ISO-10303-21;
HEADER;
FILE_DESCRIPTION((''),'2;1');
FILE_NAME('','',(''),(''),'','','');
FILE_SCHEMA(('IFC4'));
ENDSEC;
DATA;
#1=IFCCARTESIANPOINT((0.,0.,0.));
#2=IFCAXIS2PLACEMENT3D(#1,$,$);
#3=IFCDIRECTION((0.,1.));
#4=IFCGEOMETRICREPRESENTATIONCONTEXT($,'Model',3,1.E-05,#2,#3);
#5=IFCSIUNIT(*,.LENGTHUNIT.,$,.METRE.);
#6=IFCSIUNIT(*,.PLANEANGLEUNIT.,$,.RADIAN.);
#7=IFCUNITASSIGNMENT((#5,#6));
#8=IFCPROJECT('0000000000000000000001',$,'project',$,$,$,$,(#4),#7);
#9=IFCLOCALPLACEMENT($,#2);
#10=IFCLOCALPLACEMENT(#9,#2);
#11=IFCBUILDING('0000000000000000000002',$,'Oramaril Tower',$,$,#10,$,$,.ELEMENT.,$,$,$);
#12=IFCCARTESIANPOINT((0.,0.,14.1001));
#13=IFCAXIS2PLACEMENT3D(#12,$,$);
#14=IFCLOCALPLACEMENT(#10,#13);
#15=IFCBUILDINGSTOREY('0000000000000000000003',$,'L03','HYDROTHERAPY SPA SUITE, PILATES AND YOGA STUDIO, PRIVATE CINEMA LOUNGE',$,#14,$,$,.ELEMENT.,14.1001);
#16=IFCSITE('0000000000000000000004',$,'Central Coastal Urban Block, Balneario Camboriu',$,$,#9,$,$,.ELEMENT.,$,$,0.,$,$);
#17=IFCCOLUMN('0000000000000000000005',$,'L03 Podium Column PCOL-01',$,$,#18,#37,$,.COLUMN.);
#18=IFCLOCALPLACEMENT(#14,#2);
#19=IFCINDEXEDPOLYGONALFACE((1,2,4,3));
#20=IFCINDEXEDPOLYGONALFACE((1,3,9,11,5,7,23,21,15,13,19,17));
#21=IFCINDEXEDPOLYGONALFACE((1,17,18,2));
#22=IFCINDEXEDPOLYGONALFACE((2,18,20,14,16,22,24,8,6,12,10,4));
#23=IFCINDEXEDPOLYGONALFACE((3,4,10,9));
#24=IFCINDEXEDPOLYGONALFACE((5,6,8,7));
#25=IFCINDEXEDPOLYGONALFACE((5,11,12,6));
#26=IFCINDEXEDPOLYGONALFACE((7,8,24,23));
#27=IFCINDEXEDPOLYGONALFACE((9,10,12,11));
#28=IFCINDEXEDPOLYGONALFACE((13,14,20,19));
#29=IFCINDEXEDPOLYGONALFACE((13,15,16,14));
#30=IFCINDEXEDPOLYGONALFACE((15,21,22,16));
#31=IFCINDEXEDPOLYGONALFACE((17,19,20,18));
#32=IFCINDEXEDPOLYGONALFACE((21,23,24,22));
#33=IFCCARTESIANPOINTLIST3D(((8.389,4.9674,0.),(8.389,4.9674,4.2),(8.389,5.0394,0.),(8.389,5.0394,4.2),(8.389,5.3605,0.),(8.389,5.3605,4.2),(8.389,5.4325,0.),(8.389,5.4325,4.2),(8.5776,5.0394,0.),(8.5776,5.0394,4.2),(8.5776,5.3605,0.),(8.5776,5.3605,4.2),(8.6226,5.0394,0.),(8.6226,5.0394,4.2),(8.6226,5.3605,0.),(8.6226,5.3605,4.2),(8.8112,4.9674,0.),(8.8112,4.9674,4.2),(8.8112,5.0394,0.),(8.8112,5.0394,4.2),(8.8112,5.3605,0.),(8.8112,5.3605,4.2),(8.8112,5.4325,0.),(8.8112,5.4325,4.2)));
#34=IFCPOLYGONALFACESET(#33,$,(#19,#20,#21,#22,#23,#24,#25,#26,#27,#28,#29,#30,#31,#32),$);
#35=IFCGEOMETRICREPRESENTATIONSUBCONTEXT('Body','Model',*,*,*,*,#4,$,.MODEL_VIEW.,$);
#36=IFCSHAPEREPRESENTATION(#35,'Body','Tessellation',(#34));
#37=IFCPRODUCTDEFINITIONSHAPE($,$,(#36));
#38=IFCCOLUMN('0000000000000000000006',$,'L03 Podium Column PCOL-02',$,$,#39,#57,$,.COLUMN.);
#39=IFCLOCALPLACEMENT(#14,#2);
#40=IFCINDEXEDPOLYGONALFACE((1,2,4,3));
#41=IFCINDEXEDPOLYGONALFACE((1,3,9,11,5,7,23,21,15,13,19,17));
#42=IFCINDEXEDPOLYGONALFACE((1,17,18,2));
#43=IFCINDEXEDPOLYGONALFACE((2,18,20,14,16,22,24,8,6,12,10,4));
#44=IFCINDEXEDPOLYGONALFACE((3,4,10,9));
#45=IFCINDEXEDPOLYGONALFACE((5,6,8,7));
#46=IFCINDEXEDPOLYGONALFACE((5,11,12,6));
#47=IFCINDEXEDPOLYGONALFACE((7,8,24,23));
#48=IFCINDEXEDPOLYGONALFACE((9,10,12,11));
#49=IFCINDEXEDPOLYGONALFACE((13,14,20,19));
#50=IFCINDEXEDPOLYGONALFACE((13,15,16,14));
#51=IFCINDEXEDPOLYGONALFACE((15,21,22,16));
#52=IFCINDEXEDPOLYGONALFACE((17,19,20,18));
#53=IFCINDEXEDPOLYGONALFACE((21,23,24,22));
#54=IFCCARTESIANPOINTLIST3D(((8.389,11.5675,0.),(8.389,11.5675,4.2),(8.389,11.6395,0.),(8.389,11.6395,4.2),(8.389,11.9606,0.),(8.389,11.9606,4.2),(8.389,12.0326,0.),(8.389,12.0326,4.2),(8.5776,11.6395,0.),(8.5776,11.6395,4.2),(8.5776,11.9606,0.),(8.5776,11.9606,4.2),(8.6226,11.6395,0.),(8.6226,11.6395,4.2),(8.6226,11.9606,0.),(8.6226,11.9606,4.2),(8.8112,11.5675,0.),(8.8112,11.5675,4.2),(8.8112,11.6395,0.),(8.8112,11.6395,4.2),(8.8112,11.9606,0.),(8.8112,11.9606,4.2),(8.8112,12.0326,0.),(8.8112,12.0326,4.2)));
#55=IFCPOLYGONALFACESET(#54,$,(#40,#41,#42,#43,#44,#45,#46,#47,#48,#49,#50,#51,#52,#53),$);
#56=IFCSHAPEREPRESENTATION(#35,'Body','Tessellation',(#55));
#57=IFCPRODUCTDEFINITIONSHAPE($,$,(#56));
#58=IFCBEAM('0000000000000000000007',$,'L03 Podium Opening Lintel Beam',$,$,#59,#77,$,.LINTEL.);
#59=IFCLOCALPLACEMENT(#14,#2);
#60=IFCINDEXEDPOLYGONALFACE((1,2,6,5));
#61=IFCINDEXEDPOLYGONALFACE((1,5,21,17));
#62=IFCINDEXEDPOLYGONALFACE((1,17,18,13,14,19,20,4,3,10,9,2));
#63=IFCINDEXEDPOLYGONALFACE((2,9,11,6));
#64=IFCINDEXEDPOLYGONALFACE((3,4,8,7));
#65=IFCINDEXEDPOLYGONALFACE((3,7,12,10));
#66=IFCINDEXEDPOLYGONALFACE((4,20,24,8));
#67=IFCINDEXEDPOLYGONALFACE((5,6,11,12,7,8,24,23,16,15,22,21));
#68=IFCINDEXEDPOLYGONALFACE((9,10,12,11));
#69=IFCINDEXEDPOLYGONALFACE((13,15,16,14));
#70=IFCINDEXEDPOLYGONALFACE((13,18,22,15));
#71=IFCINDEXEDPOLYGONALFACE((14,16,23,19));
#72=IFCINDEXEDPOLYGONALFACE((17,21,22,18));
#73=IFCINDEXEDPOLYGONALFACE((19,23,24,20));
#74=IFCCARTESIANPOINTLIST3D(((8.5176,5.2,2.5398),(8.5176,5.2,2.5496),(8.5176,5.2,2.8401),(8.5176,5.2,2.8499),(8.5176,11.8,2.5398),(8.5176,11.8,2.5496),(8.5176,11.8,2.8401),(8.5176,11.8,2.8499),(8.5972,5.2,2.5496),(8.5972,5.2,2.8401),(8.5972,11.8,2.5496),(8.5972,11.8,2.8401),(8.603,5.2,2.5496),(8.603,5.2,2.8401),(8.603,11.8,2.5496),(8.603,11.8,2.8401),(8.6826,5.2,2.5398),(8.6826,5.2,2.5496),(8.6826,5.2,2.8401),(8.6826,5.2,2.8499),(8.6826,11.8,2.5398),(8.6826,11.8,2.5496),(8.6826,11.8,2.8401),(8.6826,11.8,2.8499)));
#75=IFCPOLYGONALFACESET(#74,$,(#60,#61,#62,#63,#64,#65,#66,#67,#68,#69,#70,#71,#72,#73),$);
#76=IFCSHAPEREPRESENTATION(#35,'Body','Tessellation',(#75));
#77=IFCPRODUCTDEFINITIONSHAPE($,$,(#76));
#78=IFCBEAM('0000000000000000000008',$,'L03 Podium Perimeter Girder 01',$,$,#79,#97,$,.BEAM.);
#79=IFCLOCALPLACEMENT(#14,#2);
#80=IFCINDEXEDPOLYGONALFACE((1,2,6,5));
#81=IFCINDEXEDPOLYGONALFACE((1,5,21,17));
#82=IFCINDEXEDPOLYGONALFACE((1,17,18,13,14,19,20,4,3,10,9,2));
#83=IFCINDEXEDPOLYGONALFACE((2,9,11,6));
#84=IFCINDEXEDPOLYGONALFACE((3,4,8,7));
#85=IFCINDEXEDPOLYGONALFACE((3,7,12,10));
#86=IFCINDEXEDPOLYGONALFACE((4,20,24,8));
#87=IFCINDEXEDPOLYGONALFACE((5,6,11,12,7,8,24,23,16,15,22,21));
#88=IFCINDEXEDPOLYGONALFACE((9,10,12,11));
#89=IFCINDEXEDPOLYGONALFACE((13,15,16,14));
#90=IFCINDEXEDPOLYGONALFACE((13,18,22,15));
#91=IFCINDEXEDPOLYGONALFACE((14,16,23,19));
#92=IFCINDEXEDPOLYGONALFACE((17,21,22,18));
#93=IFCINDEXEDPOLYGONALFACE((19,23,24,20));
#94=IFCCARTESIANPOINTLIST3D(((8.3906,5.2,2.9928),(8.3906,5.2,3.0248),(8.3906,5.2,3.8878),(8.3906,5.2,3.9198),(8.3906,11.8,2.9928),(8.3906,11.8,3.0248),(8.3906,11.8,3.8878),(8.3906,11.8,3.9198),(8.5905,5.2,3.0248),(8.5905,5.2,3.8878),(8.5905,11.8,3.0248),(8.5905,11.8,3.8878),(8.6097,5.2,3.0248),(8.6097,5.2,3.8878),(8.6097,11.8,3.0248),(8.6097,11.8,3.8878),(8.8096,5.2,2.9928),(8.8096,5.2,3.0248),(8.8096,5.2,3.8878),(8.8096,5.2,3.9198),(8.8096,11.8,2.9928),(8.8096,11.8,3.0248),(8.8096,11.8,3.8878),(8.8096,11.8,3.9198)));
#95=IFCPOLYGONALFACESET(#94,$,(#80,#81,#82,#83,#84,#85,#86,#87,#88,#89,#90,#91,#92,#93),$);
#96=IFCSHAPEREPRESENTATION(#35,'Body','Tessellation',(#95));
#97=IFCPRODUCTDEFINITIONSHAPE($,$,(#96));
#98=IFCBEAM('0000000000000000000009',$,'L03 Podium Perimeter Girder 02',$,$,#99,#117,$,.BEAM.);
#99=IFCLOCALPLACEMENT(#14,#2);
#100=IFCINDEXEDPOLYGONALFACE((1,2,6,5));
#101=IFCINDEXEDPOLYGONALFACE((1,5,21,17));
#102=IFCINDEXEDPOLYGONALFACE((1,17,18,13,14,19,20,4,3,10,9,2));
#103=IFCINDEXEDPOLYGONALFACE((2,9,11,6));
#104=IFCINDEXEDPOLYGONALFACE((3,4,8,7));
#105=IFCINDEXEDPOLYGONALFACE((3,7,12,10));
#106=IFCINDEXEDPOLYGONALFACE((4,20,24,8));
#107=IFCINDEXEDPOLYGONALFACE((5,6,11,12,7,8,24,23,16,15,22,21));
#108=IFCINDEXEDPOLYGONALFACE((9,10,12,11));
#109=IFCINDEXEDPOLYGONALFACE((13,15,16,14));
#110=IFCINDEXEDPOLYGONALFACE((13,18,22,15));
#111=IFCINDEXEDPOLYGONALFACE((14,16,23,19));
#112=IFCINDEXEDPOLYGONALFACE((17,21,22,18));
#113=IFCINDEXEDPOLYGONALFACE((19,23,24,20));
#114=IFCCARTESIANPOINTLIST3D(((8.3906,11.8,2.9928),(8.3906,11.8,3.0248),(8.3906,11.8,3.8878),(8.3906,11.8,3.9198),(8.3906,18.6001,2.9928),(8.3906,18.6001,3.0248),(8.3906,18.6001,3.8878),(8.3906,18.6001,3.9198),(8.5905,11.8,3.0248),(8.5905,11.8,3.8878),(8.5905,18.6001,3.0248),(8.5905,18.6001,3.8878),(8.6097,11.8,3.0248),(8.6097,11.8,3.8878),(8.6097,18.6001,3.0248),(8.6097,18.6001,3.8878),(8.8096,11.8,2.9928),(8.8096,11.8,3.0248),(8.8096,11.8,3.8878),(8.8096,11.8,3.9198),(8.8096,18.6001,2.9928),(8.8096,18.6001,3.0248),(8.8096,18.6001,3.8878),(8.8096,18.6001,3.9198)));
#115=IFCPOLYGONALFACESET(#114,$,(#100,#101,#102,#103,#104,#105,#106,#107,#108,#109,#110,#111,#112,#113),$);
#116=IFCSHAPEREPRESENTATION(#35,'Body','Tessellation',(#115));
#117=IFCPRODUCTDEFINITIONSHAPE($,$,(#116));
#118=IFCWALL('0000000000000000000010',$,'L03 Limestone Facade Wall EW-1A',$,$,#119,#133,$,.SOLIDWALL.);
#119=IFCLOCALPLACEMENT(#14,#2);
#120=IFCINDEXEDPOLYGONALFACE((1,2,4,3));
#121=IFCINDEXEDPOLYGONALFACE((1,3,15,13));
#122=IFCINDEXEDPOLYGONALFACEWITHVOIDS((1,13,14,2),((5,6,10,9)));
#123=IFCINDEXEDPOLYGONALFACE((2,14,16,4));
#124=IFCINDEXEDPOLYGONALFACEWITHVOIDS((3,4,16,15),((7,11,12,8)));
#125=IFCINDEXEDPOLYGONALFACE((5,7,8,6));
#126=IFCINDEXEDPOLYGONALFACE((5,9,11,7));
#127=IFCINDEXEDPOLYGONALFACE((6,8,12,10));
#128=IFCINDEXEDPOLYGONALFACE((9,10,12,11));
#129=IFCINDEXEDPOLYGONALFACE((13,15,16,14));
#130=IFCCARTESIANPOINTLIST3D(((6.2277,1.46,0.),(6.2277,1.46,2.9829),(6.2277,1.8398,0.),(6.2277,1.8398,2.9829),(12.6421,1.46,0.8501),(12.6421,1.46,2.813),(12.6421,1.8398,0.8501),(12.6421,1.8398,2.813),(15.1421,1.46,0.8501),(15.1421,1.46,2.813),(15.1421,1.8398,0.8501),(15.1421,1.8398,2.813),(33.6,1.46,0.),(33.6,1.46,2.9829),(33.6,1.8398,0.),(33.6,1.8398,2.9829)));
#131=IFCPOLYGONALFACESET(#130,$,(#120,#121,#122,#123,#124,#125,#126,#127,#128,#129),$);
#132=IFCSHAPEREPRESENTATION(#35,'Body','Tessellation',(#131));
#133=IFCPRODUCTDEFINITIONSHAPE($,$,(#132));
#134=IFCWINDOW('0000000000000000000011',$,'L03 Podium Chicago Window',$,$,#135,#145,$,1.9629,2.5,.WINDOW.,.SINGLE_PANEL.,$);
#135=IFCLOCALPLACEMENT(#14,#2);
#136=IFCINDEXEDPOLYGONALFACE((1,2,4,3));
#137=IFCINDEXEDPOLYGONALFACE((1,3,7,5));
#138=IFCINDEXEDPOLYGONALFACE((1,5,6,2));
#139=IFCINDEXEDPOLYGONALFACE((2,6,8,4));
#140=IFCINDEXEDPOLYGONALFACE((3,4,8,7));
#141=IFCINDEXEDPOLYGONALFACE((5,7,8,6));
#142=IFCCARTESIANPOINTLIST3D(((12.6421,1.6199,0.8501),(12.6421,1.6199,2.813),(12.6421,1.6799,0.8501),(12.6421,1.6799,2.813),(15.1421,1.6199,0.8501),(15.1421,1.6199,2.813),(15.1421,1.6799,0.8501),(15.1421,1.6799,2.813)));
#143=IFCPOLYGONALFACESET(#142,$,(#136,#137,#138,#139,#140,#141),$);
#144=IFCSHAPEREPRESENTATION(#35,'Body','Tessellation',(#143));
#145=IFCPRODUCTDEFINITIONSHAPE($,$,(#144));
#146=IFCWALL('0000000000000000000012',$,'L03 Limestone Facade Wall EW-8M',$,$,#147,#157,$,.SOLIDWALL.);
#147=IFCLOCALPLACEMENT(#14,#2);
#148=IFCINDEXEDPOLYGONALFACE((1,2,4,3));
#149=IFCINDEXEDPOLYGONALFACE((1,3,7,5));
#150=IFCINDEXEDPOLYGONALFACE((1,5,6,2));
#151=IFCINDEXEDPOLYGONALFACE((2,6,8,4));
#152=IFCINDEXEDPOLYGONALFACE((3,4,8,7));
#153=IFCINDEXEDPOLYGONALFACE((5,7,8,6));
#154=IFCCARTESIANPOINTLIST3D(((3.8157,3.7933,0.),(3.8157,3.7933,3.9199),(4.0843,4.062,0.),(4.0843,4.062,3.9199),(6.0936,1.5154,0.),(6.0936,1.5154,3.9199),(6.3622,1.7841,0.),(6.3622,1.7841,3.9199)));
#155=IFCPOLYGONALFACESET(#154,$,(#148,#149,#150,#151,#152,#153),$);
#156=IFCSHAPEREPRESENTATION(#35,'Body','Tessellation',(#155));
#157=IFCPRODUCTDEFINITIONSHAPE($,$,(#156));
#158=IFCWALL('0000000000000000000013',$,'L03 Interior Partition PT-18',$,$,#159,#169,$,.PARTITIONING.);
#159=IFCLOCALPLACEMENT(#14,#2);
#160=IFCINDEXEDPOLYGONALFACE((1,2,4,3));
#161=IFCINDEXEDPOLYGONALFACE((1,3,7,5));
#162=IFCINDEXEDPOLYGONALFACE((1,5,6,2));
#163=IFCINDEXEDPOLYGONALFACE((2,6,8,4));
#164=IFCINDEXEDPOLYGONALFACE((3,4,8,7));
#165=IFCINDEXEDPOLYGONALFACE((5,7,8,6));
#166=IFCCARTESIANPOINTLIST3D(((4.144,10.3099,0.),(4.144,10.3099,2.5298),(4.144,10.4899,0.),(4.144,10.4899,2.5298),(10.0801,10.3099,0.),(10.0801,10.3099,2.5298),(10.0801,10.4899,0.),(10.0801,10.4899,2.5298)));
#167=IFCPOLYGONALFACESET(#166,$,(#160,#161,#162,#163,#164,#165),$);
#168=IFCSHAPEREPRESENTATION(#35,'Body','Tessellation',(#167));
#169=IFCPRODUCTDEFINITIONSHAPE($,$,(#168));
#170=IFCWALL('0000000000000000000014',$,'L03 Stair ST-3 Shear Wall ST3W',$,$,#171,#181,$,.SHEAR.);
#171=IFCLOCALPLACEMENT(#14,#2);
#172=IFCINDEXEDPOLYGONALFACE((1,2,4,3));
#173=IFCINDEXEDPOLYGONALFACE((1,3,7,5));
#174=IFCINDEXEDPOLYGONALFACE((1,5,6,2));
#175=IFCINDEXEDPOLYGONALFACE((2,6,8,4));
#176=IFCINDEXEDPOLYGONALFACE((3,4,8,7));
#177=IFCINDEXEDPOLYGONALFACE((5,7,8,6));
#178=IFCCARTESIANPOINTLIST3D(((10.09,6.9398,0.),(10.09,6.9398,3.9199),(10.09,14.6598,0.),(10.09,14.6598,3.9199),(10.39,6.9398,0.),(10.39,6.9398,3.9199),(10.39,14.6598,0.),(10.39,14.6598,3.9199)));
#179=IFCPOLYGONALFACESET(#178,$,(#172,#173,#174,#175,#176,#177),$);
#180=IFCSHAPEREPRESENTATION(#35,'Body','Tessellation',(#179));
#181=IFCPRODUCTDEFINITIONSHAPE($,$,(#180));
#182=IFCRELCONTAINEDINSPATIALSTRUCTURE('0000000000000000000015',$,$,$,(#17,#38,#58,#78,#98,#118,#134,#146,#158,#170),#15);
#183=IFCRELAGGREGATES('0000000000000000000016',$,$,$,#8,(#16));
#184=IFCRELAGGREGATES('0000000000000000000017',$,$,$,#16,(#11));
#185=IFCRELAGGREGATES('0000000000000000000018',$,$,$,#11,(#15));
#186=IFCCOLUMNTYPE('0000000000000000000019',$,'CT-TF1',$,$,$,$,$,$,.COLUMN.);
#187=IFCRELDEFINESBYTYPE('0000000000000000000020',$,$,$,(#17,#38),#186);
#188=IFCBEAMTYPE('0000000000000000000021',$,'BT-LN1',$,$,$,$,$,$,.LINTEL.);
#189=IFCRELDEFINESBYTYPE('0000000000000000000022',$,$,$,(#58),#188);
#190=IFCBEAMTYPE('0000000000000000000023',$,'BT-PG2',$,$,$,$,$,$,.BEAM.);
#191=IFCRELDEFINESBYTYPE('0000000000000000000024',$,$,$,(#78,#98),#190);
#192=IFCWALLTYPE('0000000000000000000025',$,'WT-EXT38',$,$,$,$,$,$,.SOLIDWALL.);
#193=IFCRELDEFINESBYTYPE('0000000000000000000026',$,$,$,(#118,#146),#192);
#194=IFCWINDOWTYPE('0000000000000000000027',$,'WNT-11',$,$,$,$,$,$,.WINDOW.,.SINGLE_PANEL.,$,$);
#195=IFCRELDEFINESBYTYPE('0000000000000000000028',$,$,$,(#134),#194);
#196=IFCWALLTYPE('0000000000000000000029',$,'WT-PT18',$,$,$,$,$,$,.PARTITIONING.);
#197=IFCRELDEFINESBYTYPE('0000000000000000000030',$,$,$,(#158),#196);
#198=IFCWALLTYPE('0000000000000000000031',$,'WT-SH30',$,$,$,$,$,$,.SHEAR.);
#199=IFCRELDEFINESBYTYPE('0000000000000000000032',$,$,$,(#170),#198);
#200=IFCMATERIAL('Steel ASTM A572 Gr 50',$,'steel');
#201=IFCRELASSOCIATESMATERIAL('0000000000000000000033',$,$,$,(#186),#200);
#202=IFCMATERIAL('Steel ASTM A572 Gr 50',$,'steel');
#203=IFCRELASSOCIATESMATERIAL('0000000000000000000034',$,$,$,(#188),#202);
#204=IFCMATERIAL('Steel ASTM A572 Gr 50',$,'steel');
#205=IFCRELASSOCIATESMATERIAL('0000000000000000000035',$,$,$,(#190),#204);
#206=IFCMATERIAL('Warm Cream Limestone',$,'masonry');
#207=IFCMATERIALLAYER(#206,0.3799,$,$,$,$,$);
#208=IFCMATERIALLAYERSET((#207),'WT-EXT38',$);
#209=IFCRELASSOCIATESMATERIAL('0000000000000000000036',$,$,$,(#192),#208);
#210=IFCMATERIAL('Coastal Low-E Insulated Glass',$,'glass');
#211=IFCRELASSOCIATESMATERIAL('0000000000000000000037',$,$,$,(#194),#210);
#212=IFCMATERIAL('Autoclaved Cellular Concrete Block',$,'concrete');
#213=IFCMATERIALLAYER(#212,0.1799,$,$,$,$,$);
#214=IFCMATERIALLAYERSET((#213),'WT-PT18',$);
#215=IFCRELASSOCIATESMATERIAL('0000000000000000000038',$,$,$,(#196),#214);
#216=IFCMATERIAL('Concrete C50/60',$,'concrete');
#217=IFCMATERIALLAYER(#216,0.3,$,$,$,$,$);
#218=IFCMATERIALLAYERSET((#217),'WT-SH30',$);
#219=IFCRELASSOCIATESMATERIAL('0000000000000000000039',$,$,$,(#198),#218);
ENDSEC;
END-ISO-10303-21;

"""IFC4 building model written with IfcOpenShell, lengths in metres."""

from ifc_helpers import new_model, si_unit, direction, frame, frame_2d, origin, origin_2d, place, context, subcontext, project, spatial, rectangle, i_section, extrude, material, layer, layer_set, material_profile, profile_set, type_object, element, fill, save


model = new_model("IFC4")

# Units and contexts
model_context = context("Model", 3, precision=1e-05, world=origin(), true_north=direction((0.0, 1.0)))
body_context = subcontext(model_context, "Body", "Model", "MODEL_VIEW")
ifc_project = project(units=[si_unit("LENGTHUNIT", "METRE"), si_unit("PLANEANGLEUNIT", "RADIAN")], contexts=[model_context])

# Site, building, storey
site_placement = place(None, origin())
site = spatial("IfcSite", under=ifc_project, at=site_placement, Name="Central Coastal Urban Block, Balneario Camboriu", CompositionType="ELEMENT", RefElevation=0.0)
building_placement = place(site_placement, origin())
building = spatial("IfcBuilding", under=site, at=building_placement, Name="Oramaril Tower", CompositionType="ELEMENT")
storey_placement = place(building_placement, frame((0.0, 0.0, 14.1001)))
storey = spatial("IfcBuildingStorey", under=building, at=storey_placement, Name="L03", Description="HYDROTHERAPY SPA SUITE, PILATES AND YOGA STUDIO, PRIVATE CINEMA LOUNGE", CompositionType="ELEMENT", Elevation=14.1001)

# Columns
ifc_material_1 = material(Name="Steel ASTM A572 Gr 50", Category="steel")
ifc_material_profile_1 = material_profile(ifc_material_1, i_section(OverallWidth=0.4221, OverallDepth=0.4651, WebThickness=0.0449, FlangeThickness=0.072, at=origin_2d()), Name="W14X398")
ifc_profile_set_1 = profile_set([ifc_material_profile_1], Name="Steel ASTM A572 Gr 50")
column_type = type_object("IfcColumnType", Name="CT-TF1", PredefinedType="COLUMN", material=ifc_profile_set_1)
for number, where, z_axis, x_axis, name in (
    (1, (8.6001, 5.2, 0.0), (0.0, 0.0, 1.0), (1.0, 0.0, 0.0), "L03 Podium Column PCOL-01"),
    (2, (8.6001, 11.8, 0.0), (0.0, 0.0, 1.0), (1.0, 0.0, 0.0), "L03 Podium Column PCOL-02"),
):
    element("IfcColumn", number, at=place(storey_placement, frame(where, z_axis=z_axis, x_axis=x_axis)), inside=storey, type_object=column_type, Name=name, PredefinedType="COLUMN", context=body_context, shape_type="SweptSolid", body=[
        extrude(i_section(OverallWidth=0.4221, OverallDepth=0.4651, WebThickness=0.0449, FlangeThickness=0.072, at=origin_2d()), origin(), (0.0, 0.0, 1.0), 4.2),
    ])

# Beams
ifc_material_2 = material(Name="Steel ASTM A572 Gr 50", Category="steel")
ifc_material_profile_2 = material_profile(ifc_material_2, i_section(OverallWidth=0.165, OverallDepth=0.3101, WebThickness=0.0059, FlangeThickness=0.0098, at=origin_2d()), Name="W12X26")
ifc_profile_set_2 = profile_set([ifc_material_profile_2], Name="Steel ASTM A572 Gr 50")
beam_type_1 = type_object("IfcBeamType", Name="BT-LN1", PredefinedType="LINTEL", material=ifc_profile_set_2)
beam_1_placement = place(storey_placement, frame((8.6001, 5.2, 2.6948), z_axis=(0.0, 1.0, 0.0), x_axis=(-1.0, 0.0, 0.0)))
element("IfcBeam", 3, at=beam_1_placement, inside=storey, type_object=beam_type_1, Name="L03 Podium Opening Lintel Beam", PredefinedType="LINTEL", context=body_context, shape_type="SweptSolid", body=[
    extrude(i_section(OverallWidth=0.165, OverallDepth=0.3101, WebThickness=0.0059, FlangeThickness=0.0098, at=origin_2d()), origin(), (0.0, 0.0, 1.0), 6.6001),
])
ifc_material_3 = material(Name="Steel ASTM A572 Gr 50", Category="steel")
ifc_material_profile_3 = material_profile(ifc_material_3, i_section(OverallWidth=0.4189, OverallDepth=0.927, WebThickness=0.0193, FlangeThickness=0.032, at=origin_2d()), Name="W36X231")
ifc_profile_set_3 = profile_set([ifc_material_profile_3], Name="Steel ASTM A572 Gr 50")
beam_type_2 = type_object("IfcBeamType", Name="BT-PG2", PredefinedType="BEAM", material=ifc_profile_set_3)
beam_2_placement = place(storey_placement, frame((8.6001, 5.2, 3.4563), z_axis=(0.0, 1.0, 0.0), x_axis=(-1.0, 0.0, 0.0)))
element("IfcBeam", 4, at=beam_2_placement, inside=storey, type_object=beam_type_2, Name="L03 Podium Perimeter Girder 01", PredefinedType="BEAM", context=body_context, shape_type="SweptSolid", body=[
    extrude(i_section(OverallWidth=0.4189, OverallDepth=0.927, WebThickness=0.0193, FlangeThickness=0.032, at=origin_2d()), origin(), (0.0, 0.0, 1.0), 6.6001),
])
beam_3_placement = place(storey_placement, frame((8.6001, 11.8, 3.4563), z_axis=(0.0, 1.0, 0.0), x_axis=(-1.0, 0.0, 0.0)))
element("IfcBeam", 5, at=beam_3_placement, inside=storey, type_object=beam_type_2, Name="L03 Podium Perimeter Girder 02", PredefinedType="BEAM", context=body_context, shape_type="SweptSolid", body=[
    extrude(i_section(OverallWidth=0.4189, OverallDepth=0.927, WebThickness=0.0193, FlangeThickness=0.032, at=origin_2d()), origin(), (0.0, 0.0, 1.0), 6.8),
])

# Wall, opening, window
ifc_material_4 = material(Name="Warm Cream Limestone", Category="masonry")
ifc_layer_1 = layer(ifc_material_4, 0.3799)
ifc_layer_set_1 = layer_set([ifc_layer_1], Name="WT-EXT38")
wall_type_1 = type_object("IfcWallType", Name="WT-EXT38", PredefinedType="SOLIDWALL", material=ifc_layer_set_1)
wall_1_placement = place(storey_placement, frame((6.2278, 1.6499, 0.0), z_axis=(0.0, 0.0, 1.0), x_axis=(1.0, 0.0, 0.0)))
wall_1 = element("IfcWall", 6, at=wall_1_placement, inside=storey, type_object=wall_type_1, Name="L03 Limestone Facade Wall EW-1A", PredefinedType="SOLIDWALL", context=body_context, shape_type="SweptSolid", body=[
    extrude(rectangle(XDim=27.3723, YDim=0.3799, at=frame_2d((13.686, 0.0))), origin(), (0.0, 0.0, 1.0), 2.9829),
])
opening_placement = place(wall_1_placement, frame((6.4143, 0.0, 0.8501)))
opening = element("IfcOpeningElement", 7, at=opening_placement, cuts=wall_1, PredefinedType="OPENING", context=body_context, shape_type="SweptSolid", body=[
    extrude(rectangle(XDim=2.5, YDim=1.9629, at=frame_2d((1.25, 0.9814))), frame((0.0, 0.1899, 0.0), z_axis=(0.0, -1.0, 0.0), x_axis=(1.0, 0.0, 0.0)), (0.0, 0.0, 1.0), 0.3799),
])
ifc_material_5 = material(Name="Coastal Low-E Insulated Glass", Category="glass")
window_type = type_object("IfcWindowType", Name="WNT-11", PartitioningType="SINGLE_PANEL", PredefinedType="WINDOW", material=ifc_material_5)
window_placement = place(opening_placement, origin())
window = element("IfcWindow", 8, at=window_placement, inside=storey, type_object=window_type, Name="L03 Podium Chicago Window", OverallHeight=1.9629, OverallWidth=2.5, PartitioningType="SINGLE_PANEL", PredefinedType="WINDOW", context=body_context, shape_type="SweptSolid", body=[
    extrude(rectangle(XDim=2.5, YDim=1.9629, at=frame_2d((1.25, 0.9814))), frame((0.0, 0.03, 0.0), z_axis=(0.0, -1.0, 0.0), x_axis=(1.0, 0.0, 0.0)), (0.0, 0.0, 1.0), 0.0601),
])
fill(opening, window)

# Walls
wall_2_placement = place(storey_placement, frame((3.95, 3.9277, 0.0), z_axis=(0.0, 0.0, 1.0), x_axis=(0.707107, -0.707107, 0.0)))
element("IfcWall", 9, at=wall_2_placement, inside=storey, type_object=wall_type_1, Name="L03 Limestone Facade Wall EW-8M", PredefinedType="SOLIDWALL", context=body_context, shape_type="SweptSolid", body=[
    extrude(rectangle(XDim=3.2214, YDim=0.3799, at=frame_2d((1.6108, 0.0))), origin(), (0.0, 0.0, 1.0), 3.9199),
])
ifc_material_6 = material(Name="Autoclaved Cellular Concrete Block", Category="concrete")
ifc_layer_2 = layer(ifc_material_6, 0.1799)
ifc_layer_set_2 = layer_set([ifc_layer_2], Name="WT-PT18")
wall_type_2 = type_object("IfcWallType", Name="WT-PT18", PredefinedType="PARTITIONING", material=ifc_layer_set_2)
wall_3_placement = place(storey_placement, frame((4.144, 10.3999, 0.0), z_axis=(0.0, 0.0, 1.0), x_axis=(1.0, 0.0, 0.0)))
element("IfcWall", 10, at=wall_3_placement, inside=storey, type_object=wall_type_2, Name="L03 Interior Partition PT-18", PredefinedType="PARTITIONING", context=body_context, shape_type="SweptSolid", body=[
    extrude(rectangle(XDim=5.936, YDim=0.1799, at=frame_2d((2.968, 0.0))), origin(), (0.0, 0.0, 1.0), 2.5298),
])
ifc_material_7 = material(Name="Concrete C50/60", Category="concrete")
ifc_layer_3 = layer(ifc_material_7, 0.3)
ifc_layer_set_3 = layer_set([ifc_layer_3], Name="WT-SH30")
wall_type_3 = type_object("IfcWallType", Name="WT-SH30", PredefinedType="SHEAR", material=ifc_layer_set_3)
wall_4_placement = place(storey_placement, frame((10.24, 6.9399, 0.0), z_axis=(0.0, 0.0, 1.0), x_axis=(0.0, 1.0, 0.0)))
element("IfcWall", 11, at=wall_4_placement, inside=storey, type_object=wall_type_3, Name="L03 Stair ST-3 Shear Wall ST3W", PredefinedType="SHEAR", context=body_context, shape_type="SweptSolid", body=[
    extrude(rectangle(XDim=7.72, YDim=0.3, at=frame_2d((3.8599, 0.0))), origin(), (0.0, 0.0, 1.0), 3.9199),
])

save(model, "model.ifc")
